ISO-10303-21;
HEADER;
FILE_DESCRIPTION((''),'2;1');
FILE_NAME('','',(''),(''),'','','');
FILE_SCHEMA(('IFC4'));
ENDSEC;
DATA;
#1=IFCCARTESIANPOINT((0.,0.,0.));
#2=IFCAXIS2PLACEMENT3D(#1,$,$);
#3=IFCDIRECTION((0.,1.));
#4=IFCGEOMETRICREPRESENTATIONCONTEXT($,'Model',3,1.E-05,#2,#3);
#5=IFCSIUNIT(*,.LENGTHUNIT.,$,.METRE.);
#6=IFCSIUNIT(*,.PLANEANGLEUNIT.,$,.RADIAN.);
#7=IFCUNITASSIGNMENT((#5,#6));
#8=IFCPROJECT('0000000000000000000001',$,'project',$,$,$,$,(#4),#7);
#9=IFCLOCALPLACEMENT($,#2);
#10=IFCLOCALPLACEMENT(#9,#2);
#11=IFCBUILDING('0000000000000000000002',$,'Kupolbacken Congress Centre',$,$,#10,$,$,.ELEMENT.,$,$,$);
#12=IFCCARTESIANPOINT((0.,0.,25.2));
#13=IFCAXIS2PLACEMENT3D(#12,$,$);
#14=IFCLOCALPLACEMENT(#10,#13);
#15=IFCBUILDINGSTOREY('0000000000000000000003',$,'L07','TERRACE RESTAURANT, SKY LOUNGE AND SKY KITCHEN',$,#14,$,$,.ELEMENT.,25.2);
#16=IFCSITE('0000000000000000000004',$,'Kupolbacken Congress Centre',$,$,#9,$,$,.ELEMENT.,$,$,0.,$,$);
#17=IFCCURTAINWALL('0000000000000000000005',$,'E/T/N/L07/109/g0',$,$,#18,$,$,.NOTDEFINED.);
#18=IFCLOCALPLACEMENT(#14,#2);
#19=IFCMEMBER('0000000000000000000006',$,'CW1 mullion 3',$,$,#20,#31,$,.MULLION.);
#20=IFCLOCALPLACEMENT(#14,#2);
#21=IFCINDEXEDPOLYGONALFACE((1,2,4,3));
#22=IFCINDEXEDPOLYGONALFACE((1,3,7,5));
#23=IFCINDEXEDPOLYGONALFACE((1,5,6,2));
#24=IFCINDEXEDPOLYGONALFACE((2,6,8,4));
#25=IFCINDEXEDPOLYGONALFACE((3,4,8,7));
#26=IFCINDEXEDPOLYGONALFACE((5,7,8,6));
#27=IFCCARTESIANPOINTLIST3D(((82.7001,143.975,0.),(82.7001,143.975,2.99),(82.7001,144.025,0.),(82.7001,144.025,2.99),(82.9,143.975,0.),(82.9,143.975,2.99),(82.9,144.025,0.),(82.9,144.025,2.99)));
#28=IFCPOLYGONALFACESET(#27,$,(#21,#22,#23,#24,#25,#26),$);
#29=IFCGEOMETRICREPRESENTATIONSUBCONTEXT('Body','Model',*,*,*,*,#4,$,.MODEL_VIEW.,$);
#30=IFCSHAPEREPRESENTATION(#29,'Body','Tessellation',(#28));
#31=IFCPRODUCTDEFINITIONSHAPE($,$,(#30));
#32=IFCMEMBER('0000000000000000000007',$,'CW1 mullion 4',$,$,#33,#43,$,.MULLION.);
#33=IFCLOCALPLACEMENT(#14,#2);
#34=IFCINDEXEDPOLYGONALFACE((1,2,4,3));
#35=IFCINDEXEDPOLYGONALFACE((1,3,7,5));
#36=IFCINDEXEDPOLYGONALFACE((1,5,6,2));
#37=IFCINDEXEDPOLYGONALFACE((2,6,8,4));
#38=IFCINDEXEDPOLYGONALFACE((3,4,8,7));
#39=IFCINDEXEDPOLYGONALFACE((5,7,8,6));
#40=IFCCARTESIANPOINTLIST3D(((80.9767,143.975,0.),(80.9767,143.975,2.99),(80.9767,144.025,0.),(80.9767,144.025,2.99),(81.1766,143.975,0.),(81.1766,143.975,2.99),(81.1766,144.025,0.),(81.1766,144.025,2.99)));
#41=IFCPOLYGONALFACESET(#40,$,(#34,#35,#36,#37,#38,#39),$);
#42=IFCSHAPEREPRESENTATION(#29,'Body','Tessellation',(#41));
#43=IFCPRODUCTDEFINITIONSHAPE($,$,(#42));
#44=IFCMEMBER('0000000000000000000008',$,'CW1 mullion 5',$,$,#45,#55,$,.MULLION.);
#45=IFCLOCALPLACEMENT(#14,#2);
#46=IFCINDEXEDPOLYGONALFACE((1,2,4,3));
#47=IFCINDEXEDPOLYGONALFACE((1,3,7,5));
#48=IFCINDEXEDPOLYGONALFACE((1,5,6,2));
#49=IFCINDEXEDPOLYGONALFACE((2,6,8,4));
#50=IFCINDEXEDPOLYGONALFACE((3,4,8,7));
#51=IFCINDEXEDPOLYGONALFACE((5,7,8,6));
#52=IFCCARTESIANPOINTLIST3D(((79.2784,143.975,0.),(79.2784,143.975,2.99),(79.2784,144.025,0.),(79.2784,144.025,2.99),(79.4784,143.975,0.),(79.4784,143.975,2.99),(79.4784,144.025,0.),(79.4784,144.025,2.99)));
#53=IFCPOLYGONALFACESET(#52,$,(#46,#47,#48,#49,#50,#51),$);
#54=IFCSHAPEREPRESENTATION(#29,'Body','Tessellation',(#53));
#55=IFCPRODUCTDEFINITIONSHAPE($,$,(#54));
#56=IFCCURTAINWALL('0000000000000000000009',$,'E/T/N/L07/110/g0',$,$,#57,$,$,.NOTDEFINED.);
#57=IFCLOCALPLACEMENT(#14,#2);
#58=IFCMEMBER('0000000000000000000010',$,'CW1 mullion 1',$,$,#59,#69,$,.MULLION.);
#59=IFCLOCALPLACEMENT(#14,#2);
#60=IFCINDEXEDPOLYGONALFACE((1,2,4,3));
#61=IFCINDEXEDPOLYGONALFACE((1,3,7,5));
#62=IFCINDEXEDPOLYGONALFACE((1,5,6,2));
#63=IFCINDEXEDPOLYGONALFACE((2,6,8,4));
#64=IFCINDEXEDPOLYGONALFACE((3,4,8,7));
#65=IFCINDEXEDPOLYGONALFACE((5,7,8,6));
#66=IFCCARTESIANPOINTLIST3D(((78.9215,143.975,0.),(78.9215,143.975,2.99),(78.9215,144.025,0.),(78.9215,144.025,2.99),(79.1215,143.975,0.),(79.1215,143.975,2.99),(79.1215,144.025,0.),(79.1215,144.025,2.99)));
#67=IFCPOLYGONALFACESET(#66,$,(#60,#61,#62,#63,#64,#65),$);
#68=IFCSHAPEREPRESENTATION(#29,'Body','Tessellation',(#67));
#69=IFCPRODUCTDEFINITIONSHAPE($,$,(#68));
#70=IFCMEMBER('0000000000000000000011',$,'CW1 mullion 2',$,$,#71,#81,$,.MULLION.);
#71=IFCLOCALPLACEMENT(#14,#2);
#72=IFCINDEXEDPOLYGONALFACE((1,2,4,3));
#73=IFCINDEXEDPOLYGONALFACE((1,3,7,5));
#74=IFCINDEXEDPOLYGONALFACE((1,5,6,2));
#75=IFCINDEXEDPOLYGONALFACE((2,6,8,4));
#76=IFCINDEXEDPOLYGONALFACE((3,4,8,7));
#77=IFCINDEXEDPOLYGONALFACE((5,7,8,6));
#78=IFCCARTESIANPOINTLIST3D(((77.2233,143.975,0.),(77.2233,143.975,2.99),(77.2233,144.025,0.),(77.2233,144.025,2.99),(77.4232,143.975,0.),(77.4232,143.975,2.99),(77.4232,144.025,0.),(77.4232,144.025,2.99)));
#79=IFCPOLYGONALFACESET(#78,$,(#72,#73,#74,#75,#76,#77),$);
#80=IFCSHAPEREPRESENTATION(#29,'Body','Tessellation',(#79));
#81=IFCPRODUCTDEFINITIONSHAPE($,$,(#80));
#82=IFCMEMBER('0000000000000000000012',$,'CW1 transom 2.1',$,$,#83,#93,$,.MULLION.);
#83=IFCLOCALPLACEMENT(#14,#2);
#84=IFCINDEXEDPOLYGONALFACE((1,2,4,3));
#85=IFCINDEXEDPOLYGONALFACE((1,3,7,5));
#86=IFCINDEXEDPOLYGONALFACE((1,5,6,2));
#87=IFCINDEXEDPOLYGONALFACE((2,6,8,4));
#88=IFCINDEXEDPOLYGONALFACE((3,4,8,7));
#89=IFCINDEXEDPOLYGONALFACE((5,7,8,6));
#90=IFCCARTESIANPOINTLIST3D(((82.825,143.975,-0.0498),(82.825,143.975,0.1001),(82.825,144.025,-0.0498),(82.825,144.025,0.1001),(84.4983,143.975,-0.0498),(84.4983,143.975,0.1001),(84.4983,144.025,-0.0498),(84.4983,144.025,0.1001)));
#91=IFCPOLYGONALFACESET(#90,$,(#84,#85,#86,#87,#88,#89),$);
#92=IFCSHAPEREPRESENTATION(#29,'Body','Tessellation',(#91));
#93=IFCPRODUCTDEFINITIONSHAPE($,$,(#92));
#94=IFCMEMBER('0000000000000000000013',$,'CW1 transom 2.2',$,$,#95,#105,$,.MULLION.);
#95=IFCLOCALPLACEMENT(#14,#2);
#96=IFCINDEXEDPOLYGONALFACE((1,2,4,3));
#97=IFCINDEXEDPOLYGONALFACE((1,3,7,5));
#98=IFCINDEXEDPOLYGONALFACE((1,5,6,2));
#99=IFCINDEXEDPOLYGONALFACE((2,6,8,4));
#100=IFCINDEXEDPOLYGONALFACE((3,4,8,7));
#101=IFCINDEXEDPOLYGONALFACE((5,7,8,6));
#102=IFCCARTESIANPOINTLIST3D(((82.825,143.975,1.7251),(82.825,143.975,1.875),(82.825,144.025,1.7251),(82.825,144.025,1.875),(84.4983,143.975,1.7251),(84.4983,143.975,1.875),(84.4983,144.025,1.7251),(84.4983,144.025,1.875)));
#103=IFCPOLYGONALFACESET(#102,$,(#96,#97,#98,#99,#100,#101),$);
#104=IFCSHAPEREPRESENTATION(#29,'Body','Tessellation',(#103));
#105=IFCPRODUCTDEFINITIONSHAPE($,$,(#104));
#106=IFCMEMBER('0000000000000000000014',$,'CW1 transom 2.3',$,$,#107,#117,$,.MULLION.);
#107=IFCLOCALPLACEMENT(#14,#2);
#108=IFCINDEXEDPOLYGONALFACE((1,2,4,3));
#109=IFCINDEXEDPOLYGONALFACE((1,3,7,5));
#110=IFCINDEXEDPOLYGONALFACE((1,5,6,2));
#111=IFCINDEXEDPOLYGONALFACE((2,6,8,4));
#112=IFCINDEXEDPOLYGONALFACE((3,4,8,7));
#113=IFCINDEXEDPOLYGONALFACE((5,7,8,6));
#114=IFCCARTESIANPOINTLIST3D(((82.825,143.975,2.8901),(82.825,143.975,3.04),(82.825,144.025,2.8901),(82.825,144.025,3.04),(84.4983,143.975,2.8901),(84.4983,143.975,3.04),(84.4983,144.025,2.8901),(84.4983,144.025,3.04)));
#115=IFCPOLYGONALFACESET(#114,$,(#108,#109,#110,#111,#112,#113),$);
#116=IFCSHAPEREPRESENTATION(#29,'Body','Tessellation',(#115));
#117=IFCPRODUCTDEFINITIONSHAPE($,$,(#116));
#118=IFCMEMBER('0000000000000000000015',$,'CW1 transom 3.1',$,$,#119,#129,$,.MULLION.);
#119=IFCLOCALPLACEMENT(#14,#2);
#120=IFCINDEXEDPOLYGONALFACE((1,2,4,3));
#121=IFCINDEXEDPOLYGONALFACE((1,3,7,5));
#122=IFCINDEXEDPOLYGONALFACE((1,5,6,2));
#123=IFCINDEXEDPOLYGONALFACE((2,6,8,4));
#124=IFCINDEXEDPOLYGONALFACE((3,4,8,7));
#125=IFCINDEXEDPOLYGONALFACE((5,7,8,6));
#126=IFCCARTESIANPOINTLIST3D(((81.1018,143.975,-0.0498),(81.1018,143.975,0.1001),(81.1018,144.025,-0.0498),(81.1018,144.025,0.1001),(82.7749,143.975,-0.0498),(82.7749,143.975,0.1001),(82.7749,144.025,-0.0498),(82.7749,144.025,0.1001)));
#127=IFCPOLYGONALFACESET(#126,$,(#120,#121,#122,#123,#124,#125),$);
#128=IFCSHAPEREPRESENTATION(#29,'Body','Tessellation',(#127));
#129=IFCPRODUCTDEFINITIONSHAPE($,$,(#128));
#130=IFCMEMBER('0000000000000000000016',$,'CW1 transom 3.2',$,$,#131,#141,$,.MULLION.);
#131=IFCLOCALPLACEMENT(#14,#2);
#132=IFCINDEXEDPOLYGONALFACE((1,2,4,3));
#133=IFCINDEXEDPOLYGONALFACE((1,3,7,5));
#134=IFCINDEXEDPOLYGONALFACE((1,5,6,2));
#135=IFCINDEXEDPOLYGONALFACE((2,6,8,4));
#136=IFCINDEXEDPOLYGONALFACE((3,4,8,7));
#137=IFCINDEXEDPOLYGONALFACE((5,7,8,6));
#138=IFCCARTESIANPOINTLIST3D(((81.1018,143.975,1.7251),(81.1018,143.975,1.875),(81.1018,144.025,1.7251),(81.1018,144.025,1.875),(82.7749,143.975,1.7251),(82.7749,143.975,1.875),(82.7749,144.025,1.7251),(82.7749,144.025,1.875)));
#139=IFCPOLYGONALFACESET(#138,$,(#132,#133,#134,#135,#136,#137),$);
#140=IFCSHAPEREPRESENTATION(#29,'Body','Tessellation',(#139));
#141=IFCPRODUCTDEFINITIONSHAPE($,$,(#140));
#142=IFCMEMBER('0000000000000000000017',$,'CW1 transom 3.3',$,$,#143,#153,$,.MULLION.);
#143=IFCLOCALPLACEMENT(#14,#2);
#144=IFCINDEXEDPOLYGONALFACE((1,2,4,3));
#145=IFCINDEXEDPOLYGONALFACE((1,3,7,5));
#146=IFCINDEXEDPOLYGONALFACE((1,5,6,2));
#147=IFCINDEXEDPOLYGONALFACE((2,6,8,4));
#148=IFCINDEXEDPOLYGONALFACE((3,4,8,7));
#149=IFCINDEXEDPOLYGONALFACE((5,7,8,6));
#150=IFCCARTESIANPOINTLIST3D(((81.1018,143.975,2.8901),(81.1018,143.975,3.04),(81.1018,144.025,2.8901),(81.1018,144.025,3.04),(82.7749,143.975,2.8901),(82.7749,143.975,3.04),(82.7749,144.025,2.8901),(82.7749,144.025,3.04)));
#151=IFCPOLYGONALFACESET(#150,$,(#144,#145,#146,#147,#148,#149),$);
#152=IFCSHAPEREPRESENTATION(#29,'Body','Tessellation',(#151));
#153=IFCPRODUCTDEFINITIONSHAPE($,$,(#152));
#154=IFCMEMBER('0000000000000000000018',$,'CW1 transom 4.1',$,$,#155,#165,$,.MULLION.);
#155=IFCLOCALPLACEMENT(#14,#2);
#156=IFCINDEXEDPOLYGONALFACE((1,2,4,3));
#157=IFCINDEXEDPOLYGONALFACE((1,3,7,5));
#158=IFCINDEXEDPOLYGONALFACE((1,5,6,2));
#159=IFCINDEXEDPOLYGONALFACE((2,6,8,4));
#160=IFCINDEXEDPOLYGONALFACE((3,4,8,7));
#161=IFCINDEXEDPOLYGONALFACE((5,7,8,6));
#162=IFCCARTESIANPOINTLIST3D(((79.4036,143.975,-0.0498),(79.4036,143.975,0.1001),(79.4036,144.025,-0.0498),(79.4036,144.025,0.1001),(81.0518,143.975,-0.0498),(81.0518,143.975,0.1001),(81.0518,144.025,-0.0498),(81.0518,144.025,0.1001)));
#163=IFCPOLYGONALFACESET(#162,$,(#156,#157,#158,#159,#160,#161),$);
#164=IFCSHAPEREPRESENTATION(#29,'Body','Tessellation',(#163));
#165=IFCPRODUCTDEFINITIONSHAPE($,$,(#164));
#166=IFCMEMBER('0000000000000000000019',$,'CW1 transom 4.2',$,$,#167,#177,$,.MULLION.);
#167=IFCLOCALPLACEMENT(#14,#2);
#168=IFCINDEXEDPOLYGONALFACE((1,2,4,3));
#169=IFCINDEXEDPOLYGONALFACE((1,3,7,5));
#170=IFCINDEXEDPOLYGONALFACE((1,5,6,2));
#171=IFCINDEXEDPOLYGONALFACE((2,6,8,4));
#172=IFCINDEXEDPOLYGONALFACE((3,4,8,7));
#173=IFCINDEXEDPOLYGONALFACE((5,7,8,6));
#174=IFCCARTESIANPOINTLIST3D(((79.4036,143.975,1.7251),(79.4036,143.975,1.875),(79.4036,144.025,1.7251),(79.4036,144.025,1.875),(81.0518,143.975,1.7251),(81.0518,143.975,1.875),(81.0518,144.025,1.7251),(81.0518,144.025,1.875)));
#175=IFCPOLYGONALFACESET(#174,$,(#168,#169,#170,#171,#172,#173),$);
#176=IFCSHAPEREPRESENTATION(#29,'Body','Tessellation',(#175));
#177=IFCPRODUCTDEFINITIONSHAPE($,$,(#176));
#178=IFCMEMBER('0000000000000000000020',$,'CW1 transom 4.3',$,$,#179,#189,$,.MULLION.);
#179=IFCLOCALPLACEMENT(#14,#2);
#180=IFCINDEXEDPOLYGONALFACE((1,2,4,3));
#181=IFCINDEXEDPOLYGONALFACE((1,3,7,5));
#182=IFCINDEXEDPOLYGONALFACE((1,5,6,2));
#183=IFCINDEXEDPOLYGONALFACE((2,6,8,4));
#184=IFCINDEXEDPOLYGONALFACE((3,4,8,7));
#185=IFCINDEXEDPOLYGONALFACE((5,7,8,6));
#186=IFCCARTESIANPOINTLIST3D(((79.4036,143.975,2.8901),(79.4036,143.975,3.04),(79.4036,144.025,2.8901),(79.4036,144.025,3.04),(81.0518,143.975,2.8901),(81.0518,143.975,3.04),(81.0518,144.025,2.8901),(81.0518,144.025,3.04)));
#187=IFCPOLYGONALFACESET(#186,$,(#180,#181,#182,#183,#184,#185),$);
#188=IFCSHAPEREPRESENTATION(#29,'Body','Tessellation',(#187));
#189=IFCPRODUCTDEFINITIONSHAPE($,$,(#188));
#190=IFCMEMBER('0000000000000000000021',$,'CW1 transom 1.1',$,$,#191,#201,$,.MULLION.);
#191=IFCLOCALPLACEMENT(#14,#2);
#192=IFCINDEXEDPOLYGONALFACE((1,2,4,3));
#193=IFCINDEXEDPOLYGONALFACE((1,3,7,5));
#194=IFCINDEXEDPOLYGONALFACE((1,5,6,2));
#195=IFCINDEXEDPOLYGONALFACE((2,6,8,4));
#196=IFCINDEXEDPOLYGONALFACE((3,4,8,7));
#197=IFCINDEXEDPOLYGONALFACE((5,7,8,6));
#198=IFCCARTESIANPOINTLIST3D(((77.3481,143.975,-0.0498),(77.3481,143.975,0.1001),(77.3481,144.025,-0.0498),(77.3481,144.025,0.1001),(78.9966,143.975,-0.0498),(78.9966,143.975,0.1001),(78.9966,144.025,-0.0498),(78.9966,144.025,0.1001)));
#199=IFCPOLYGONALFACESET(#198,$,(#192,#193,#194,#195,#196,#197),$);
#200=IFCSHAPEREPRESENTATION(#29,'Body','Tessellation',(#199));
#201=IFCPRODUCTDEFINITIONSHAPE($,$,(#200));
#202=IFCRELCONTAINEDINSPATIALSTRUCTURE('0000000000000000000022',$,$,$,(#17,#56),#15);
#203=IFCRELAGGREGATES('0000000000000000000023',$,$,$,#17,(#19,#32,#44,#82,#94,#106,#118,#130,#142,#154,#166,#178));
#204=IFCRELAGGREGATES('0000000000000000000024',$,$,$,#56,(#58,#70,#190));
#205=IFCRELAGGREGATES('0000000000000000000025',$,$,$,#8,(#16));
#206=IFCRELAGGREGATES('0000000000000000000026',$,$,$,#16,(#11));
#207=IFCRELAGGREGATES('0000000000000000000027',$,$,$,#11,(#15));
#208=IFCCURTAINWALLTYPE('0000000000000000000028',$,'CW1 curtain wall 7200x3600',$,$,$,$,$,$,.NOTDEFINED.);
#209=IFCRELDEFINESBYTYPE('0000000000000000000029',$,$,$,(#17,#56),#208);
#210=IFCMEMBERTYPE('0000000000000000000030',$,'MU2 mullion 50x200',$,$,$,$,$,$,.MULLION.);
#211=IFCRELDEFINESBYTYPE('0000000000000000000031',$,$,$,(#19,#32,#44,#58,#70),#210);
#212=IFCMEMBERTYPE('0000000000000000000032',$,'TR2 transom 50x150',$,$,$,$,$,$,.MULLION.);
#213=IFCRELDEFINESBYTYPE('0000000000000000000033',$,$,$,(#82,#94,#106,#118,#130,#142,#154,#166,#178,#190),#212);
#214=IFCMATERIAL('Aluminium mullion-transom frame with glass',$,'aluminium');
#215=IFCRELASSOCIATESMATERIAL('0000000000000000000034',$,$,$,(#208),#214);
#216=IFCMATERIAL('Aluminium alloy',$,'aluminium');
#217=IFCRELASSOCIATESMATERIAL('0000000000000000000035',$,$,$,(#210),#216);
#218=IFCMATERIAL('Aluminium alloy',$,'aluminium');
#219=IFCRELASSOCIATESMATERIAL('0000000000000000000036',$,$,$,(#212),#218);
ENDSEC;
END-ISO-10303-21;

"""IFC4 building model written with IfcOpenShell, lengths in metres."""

from ifc_helpers import new_model, si_unit, direction, frame, origin, origin_2d, place, context, subcontext, project, spatial, rectangle, extrude, material, material_profile, profile_set, type_object, element, aggregate, save


model = new_model("IFC4")

# Units and contexts
model_context = context("Model", 3, precision=1e-05, world=origin(), true_north=direction((0.0, 1.0)))
body_context = subcontext(model_context, "Body", "Model", "MODEL_VIEW")
ifc_project = project(units=[si_unit("LENGTHUNIT", "METRE"), si_unit("PLANEANGLEUNIT", "RADIAN")], contexts=[model_context])

# Site, building, storey
site_placement = place(None, origin())
site = spatial("IfcSite", under=ifc_project, at=site_placement, Name="Kupolbacken Congress Centre", CompositionType="ELEMENT", RefElevation=0.0)
building_placement = place(site_placement, origin())
building = spatial("IfcBuilding", under=site, at=building_placement, Name="Kupolbacken Congress Centre", CompositionType="ELEMENT")
storey_placement = place(building_placement, frame((0.0, 0.0, 25.2)))
storey = spatial("IfcBuildingStorey", under=building, at=storey_placement, Name="L07", Description="TERRACE RESTAURANT, SKY LOUNGE AND SKY KITCHEN", CompositionType="ELEMENT", Elevation=25.2)

# Curtain walls, members
ifc_material_1 = material(Name="Aluminium mullion-transom frame with glass", Category="aluminium")
curtain_wall_type = type_object("IfcCurtainWallType", Name="CW1 curtain wall 7200x3600", PredefinedType="NOTDEFINED", material=ifc_material_1)
curtain_wall_1_placement = place(storey_placement, origin())
curtain_wall_1 = element("IfcCurtainWall", 1, at=curtain_wall_1_placement, inside=storey, type_object=curtain_wall_type, Name="E/T/N/L07/109/g0", PredefinedType="NOTDEFINED")
ifc_material_2 = material(Name="Aluminium alloy", Category="aluminium")
ifc_material_profile_1 = material_profile(ifc_material_2, rectangle(XDim=0.05, YDim=0.2, at=origin_2d()), Name="50 x 200")
ifc_profile_set_1 = profile_set([ifc_material_profile_1], Name="Aluminium alloy")
member_type_1 = type_object("IfcMemberType", Name="MU2 mullion 50x200", PredefinedType="MULLION", material=ifc_profile_set_1)
member_1_placement = place(storey_placement, frame((82.8, 144.0, 0.0), z_axis=(0.0, 0.0, 1.0), x_axis=(0.0, -1.0, 0.0)))
member_1 = element("IfcMember", 2, at=member_1_placement, type_object=member_type_1, Name="CW1 mullion 3", PredefinedType="MULLION", context=body_context, shape_type="SweptSolid", body=[
    extrude(rectangle(XDim=0.05, YDim=0.2, at=origin_2d()), origin(), (0.0, 0.0, 1.0), 2.99),
])
member_2_placement = place(storey_placement, frame((81.0767, 144.0, 0.0), z_axis=(0.0, 0.0, 1.0), x_axis=(0.0, -1.0, 0.0)))
member_2 = element("IfcMember", 3, at=member_2_placement, type_object=member_type_1, Name="CW1 mullion 4", PredefinedType="MULLION", context=body_context, shape_type="SweptSolid", body=[
    extrude(rectangle(XDim=0.05, YDim=0.2, at=origin_2d()), origin(), (0.0, 0.0, 1.0), 2.99),
])
member_3_placement = place(storey_placement, frame((79.3784, 144.0, 0.0), z_axis=(0.0, 0.0, 1.0), x_axis=(0.0, -1.0, 0.0)))
member_3 = element("IfcMember", 4, at=member_3_placement, type_object=member_type_1, Name="CW1 mullion 5", PredefinedType="MULLION", context=body_context, shape_type="SweptSolid", body=[
    extrude(rectangle(XDim=0.05, YDim=0.2, at=origin_2d()), origin(), (0.0, 0.0, 1.0), 2.99),
])
curtain_wall_2_placement = place(storey_placement, origin())
curtain_wall_2 = element("IfcCurtainWall", 5, at=curtain_wall_2_placement, inside=storey, type_object=curtain_wall_type, Name="E/T/N/L07/110/g0", PredefinedType="NOTDEFINED")
member_4_placement = place(storey_placement, frame((79.0215, 144.0, 0.0), z_axis=(0.0, 0.0, 1.0), x_axis=(0.0, -1.0, 0.0)))
member_4 = element("IfcMember", 6, at=member_4_placement, type_object=member_type_1, Name="CW1 mullion 1", PredefinedType="MULLION", context=body_context, shape_type="SweptSolid", body=[
    extrude(rectangle(XDim=0.05, YDim=0.2, at=origin_2d()), origin(), (0.0, 0.0, 1.0), 2.99),
])
member_5_placement = place(storey_placement, frame((77.3232, 144.0, 0.0), z_axis=(0.0, 0.0, 1.0), x_axis=(0.0, -1.0, 0.0)))
member_5 = element("IfcMember", 7, at=member_5_placement, type_object=member_type_1, Name="CW1 mullion 2", PredefinedType="MULLION", context=body_context, shape_type="SweptSolid", body=[
    extrude(rectangle(XDim=0.05, YDim=0.2, at=origin_2d()), origin(), (0.0, 0.0, 1.0), 2.99),
])

# Members
ifc_material_3 = material(Name="Aluminium alloy", Category="aluminium")
ifc_material_profile_2 = material_profile(ifc_material_3, rectangle(XDim=0.05, YDim=0.1499, at=origin_2d()), Name="50 x 150")
ifc_profile_set_2 = profile_set([ifc_material_profile_2], Name="Aluminium alloy")
member_type_2 = type_object("IfcMemberType", Name="TR2 transom 50x150", PredefinedType="MULLION", material=ifc_profile_set_2)
member_6_placement = place(storey_placement, frame((84.4983, 144.0, 0.0251), z_axis=(-1.0, 0.0, 0.0), x_axis=(0.0, -1.0, 0.0)))
member_6 = element("IfcMember", 8, at=member_6_placement, type_object=member_type_2, Name="CW1 transom 2.1", PredefinedType="MULLION", context=body_context, shape_type="SweptSolid", body=[
    extrude(rectangle(XDim=0.05, YDim=0.1499, at=origin_2d()), origin(), (0.0, 0.0, 1.0), 1.6733),
])
member_7_placement = place(storey_placement, frame((84.4983, 144.0, 1.8), z_axis=(-1.0, 0.0, 0.0), x_axis=(0.0, -1.0, 0.0)))
member_7 = element("IfcMember", 9, at=member_7_placement, type_object=member_type_2, Name="CW1 transom 2.2", PredefinedType="MULLION", context=body_context, shape_type="SweptSolid", body=[
    extrude(rectangle(XDim=0.05, YDim=0.1499, at=origin_2d()), origin(), (0.0, 0.0, 1.0), 1.6733),
])
member_8_placement = place(storey_placement, frame((84.4983, 144.0, 2.9651), z_axis=(-1.0, 0.0, 0.0), x_axis=(0.0, -1.0, 0.0)))
member_8 = element("IfcMember", 10, at=member_8_placement, type_object=member_type_2, Name="CW1 transom 2.3", PredefinedType="MULLION", context=body_context, shape_type="SweptSolid", body=[
    extrude(rectangle(XDim=0.05, YDim=0.1499, at=origin_2d()), origin(), (0.0, 0.0, 1.0), 1.6733),
])
member_9_placement = place(storey_placement, frame((82.7749, 144.0, 0.0251), z_axis=(-1.0, 0.0, 0.0), x_axis=(0.0, -1.0, 0.0)))
member_9 = element("IfcMember", 11, at=member_9_placement, type_object=member_type_2, Name="CW1 transom 3.1", PredefinedType="MULLION", context=body_context, shape_type="SweptSolid", body=[
    extrude(rectangle(XDim=0.05, YDim=0.1499, at=origin_2d()), origin(), (0.0, 0.0, 1.0), 1.6731),
])
member_10_placement = place(storey_placement, frame((82.7749, 144.0, 1.8), z_axis=(-1.0, 0.0, 0.0), x_axis=(0.0, -1.0, 0.0)))
member_10 = element("IfcMember", 12, at=member_10_placement, type_object=member_type_2, Name="CW1 transom 3.2", PredefinedType="MULLION", context=body_context, shape_type="SweptSolid", body=[
    extrude(rectangle(XDim=0.05, YDim=0.1499, at=origin_2d()), origin(), (0.0, 0.0, 1.0), 1.6731),
])
member_11_placement = place(storey_placement, frame((82.7749, 144.0, 2.9651), z_axis=(-1.0, 0.0, 0.0), x_axis=(0.0, -1.0, 0.0)))
member_11 = element("IfcMember", 13, at=member_11_placement, type_object=member_type_2, Name="CW1 transom 3.3", PredefinedType="MULLION", context=body_context, shape_type="SweptSolid", body=[
    extrude(rectangle(XDim=0.05, YDim=0.1499, at=origin_2d()), origin(), (0.0, 0.0, 1.0), 1.6731),
])
member_12_placement = place(storey_placement, frame((81.0518, 144.0, 0.0251), z_axis=(-1.0, 0.0, 0.0), x_axis=(0.0, -1.0, 0.0)))
member_12 = element("IfcMember", 14, at=member_12_placement, type_object=member_type_2, Name="CW1 transom 4.1", PredefinedType="MULLION", context=body_context, shape_type="SweptSolid", body=[
    extrude(rectangle(XDim=0.05, YDim=0.1499, at=origin_2d()), origin(), (0.0, 0.0, 1.0), 1.6482),
])
member_13_placement = place(storey_placement, frame((81.0518, 144.0, 1.8), z_axis=(-1.0, 0.0, 0.0), x_axis=(0.0, -1.0, 0.0)))
member_13 = element("IfcMember", 15, at=member_13_placement, type_object=member_type_2, Name="CW1 transom 4.2", PredefinedType="MULLION", context=body_context, shape_type="SweptSolid", body=[
    extrude(rectangle(XDim=0.05, YDim=0.1499, at=origin_2d()), origin(), (0.0, 0.0, 1.0), 1.6482),
])
member_14_placement = place(storey_placement, frame((81.0518, 144.0, 2.9651), z_axis=(-1.0, 0.0, 0.0), x_axis=(0.0, -1.0, 0.0)))
member_14 = element("IfcMember", 16, at=member_14_placement, type_object=member_type_2, Name="CW1 transom 4.3", PredefinedType="MULLION", context=body_context, shape_type="SweptSolid", body=[
    extrude(rectangle(XDim=0.05, YDim=0.1499, at=origin_2d()), origin(), (0.0, 0.0, 1.0), 1.6482),
])
member_15_placement = place(storey_placement, frame((78.9966, 144.0, 0.0251), z_axis=(-1.0, 0.0, 0.0), x_axis=(0.0, -1.0, 0.0)))
member_15 = element("IfcMember", 17, at=member_15_placement, type_object=member_type_2, Name="CW1 transom 1.1", PredefinedType="MULLION", context=body_context, shape_type="SweptSolid", body=[
    extrude(rectangle(XDim=0.05, YDim=0.1499, at=origin_2d()), origin(), (0.0, 0.0, 1.0), 1.6484),
])

aggregate(curtain_wall_1, [member_1, member_2, member_3, member_6, member_7, member_8, member_9, member_10, member_11, member_12, member_13, member_14])
aggregate(curtain_wall_2, [member_4, member_5, member_15])

save(model, "model.ifc")
